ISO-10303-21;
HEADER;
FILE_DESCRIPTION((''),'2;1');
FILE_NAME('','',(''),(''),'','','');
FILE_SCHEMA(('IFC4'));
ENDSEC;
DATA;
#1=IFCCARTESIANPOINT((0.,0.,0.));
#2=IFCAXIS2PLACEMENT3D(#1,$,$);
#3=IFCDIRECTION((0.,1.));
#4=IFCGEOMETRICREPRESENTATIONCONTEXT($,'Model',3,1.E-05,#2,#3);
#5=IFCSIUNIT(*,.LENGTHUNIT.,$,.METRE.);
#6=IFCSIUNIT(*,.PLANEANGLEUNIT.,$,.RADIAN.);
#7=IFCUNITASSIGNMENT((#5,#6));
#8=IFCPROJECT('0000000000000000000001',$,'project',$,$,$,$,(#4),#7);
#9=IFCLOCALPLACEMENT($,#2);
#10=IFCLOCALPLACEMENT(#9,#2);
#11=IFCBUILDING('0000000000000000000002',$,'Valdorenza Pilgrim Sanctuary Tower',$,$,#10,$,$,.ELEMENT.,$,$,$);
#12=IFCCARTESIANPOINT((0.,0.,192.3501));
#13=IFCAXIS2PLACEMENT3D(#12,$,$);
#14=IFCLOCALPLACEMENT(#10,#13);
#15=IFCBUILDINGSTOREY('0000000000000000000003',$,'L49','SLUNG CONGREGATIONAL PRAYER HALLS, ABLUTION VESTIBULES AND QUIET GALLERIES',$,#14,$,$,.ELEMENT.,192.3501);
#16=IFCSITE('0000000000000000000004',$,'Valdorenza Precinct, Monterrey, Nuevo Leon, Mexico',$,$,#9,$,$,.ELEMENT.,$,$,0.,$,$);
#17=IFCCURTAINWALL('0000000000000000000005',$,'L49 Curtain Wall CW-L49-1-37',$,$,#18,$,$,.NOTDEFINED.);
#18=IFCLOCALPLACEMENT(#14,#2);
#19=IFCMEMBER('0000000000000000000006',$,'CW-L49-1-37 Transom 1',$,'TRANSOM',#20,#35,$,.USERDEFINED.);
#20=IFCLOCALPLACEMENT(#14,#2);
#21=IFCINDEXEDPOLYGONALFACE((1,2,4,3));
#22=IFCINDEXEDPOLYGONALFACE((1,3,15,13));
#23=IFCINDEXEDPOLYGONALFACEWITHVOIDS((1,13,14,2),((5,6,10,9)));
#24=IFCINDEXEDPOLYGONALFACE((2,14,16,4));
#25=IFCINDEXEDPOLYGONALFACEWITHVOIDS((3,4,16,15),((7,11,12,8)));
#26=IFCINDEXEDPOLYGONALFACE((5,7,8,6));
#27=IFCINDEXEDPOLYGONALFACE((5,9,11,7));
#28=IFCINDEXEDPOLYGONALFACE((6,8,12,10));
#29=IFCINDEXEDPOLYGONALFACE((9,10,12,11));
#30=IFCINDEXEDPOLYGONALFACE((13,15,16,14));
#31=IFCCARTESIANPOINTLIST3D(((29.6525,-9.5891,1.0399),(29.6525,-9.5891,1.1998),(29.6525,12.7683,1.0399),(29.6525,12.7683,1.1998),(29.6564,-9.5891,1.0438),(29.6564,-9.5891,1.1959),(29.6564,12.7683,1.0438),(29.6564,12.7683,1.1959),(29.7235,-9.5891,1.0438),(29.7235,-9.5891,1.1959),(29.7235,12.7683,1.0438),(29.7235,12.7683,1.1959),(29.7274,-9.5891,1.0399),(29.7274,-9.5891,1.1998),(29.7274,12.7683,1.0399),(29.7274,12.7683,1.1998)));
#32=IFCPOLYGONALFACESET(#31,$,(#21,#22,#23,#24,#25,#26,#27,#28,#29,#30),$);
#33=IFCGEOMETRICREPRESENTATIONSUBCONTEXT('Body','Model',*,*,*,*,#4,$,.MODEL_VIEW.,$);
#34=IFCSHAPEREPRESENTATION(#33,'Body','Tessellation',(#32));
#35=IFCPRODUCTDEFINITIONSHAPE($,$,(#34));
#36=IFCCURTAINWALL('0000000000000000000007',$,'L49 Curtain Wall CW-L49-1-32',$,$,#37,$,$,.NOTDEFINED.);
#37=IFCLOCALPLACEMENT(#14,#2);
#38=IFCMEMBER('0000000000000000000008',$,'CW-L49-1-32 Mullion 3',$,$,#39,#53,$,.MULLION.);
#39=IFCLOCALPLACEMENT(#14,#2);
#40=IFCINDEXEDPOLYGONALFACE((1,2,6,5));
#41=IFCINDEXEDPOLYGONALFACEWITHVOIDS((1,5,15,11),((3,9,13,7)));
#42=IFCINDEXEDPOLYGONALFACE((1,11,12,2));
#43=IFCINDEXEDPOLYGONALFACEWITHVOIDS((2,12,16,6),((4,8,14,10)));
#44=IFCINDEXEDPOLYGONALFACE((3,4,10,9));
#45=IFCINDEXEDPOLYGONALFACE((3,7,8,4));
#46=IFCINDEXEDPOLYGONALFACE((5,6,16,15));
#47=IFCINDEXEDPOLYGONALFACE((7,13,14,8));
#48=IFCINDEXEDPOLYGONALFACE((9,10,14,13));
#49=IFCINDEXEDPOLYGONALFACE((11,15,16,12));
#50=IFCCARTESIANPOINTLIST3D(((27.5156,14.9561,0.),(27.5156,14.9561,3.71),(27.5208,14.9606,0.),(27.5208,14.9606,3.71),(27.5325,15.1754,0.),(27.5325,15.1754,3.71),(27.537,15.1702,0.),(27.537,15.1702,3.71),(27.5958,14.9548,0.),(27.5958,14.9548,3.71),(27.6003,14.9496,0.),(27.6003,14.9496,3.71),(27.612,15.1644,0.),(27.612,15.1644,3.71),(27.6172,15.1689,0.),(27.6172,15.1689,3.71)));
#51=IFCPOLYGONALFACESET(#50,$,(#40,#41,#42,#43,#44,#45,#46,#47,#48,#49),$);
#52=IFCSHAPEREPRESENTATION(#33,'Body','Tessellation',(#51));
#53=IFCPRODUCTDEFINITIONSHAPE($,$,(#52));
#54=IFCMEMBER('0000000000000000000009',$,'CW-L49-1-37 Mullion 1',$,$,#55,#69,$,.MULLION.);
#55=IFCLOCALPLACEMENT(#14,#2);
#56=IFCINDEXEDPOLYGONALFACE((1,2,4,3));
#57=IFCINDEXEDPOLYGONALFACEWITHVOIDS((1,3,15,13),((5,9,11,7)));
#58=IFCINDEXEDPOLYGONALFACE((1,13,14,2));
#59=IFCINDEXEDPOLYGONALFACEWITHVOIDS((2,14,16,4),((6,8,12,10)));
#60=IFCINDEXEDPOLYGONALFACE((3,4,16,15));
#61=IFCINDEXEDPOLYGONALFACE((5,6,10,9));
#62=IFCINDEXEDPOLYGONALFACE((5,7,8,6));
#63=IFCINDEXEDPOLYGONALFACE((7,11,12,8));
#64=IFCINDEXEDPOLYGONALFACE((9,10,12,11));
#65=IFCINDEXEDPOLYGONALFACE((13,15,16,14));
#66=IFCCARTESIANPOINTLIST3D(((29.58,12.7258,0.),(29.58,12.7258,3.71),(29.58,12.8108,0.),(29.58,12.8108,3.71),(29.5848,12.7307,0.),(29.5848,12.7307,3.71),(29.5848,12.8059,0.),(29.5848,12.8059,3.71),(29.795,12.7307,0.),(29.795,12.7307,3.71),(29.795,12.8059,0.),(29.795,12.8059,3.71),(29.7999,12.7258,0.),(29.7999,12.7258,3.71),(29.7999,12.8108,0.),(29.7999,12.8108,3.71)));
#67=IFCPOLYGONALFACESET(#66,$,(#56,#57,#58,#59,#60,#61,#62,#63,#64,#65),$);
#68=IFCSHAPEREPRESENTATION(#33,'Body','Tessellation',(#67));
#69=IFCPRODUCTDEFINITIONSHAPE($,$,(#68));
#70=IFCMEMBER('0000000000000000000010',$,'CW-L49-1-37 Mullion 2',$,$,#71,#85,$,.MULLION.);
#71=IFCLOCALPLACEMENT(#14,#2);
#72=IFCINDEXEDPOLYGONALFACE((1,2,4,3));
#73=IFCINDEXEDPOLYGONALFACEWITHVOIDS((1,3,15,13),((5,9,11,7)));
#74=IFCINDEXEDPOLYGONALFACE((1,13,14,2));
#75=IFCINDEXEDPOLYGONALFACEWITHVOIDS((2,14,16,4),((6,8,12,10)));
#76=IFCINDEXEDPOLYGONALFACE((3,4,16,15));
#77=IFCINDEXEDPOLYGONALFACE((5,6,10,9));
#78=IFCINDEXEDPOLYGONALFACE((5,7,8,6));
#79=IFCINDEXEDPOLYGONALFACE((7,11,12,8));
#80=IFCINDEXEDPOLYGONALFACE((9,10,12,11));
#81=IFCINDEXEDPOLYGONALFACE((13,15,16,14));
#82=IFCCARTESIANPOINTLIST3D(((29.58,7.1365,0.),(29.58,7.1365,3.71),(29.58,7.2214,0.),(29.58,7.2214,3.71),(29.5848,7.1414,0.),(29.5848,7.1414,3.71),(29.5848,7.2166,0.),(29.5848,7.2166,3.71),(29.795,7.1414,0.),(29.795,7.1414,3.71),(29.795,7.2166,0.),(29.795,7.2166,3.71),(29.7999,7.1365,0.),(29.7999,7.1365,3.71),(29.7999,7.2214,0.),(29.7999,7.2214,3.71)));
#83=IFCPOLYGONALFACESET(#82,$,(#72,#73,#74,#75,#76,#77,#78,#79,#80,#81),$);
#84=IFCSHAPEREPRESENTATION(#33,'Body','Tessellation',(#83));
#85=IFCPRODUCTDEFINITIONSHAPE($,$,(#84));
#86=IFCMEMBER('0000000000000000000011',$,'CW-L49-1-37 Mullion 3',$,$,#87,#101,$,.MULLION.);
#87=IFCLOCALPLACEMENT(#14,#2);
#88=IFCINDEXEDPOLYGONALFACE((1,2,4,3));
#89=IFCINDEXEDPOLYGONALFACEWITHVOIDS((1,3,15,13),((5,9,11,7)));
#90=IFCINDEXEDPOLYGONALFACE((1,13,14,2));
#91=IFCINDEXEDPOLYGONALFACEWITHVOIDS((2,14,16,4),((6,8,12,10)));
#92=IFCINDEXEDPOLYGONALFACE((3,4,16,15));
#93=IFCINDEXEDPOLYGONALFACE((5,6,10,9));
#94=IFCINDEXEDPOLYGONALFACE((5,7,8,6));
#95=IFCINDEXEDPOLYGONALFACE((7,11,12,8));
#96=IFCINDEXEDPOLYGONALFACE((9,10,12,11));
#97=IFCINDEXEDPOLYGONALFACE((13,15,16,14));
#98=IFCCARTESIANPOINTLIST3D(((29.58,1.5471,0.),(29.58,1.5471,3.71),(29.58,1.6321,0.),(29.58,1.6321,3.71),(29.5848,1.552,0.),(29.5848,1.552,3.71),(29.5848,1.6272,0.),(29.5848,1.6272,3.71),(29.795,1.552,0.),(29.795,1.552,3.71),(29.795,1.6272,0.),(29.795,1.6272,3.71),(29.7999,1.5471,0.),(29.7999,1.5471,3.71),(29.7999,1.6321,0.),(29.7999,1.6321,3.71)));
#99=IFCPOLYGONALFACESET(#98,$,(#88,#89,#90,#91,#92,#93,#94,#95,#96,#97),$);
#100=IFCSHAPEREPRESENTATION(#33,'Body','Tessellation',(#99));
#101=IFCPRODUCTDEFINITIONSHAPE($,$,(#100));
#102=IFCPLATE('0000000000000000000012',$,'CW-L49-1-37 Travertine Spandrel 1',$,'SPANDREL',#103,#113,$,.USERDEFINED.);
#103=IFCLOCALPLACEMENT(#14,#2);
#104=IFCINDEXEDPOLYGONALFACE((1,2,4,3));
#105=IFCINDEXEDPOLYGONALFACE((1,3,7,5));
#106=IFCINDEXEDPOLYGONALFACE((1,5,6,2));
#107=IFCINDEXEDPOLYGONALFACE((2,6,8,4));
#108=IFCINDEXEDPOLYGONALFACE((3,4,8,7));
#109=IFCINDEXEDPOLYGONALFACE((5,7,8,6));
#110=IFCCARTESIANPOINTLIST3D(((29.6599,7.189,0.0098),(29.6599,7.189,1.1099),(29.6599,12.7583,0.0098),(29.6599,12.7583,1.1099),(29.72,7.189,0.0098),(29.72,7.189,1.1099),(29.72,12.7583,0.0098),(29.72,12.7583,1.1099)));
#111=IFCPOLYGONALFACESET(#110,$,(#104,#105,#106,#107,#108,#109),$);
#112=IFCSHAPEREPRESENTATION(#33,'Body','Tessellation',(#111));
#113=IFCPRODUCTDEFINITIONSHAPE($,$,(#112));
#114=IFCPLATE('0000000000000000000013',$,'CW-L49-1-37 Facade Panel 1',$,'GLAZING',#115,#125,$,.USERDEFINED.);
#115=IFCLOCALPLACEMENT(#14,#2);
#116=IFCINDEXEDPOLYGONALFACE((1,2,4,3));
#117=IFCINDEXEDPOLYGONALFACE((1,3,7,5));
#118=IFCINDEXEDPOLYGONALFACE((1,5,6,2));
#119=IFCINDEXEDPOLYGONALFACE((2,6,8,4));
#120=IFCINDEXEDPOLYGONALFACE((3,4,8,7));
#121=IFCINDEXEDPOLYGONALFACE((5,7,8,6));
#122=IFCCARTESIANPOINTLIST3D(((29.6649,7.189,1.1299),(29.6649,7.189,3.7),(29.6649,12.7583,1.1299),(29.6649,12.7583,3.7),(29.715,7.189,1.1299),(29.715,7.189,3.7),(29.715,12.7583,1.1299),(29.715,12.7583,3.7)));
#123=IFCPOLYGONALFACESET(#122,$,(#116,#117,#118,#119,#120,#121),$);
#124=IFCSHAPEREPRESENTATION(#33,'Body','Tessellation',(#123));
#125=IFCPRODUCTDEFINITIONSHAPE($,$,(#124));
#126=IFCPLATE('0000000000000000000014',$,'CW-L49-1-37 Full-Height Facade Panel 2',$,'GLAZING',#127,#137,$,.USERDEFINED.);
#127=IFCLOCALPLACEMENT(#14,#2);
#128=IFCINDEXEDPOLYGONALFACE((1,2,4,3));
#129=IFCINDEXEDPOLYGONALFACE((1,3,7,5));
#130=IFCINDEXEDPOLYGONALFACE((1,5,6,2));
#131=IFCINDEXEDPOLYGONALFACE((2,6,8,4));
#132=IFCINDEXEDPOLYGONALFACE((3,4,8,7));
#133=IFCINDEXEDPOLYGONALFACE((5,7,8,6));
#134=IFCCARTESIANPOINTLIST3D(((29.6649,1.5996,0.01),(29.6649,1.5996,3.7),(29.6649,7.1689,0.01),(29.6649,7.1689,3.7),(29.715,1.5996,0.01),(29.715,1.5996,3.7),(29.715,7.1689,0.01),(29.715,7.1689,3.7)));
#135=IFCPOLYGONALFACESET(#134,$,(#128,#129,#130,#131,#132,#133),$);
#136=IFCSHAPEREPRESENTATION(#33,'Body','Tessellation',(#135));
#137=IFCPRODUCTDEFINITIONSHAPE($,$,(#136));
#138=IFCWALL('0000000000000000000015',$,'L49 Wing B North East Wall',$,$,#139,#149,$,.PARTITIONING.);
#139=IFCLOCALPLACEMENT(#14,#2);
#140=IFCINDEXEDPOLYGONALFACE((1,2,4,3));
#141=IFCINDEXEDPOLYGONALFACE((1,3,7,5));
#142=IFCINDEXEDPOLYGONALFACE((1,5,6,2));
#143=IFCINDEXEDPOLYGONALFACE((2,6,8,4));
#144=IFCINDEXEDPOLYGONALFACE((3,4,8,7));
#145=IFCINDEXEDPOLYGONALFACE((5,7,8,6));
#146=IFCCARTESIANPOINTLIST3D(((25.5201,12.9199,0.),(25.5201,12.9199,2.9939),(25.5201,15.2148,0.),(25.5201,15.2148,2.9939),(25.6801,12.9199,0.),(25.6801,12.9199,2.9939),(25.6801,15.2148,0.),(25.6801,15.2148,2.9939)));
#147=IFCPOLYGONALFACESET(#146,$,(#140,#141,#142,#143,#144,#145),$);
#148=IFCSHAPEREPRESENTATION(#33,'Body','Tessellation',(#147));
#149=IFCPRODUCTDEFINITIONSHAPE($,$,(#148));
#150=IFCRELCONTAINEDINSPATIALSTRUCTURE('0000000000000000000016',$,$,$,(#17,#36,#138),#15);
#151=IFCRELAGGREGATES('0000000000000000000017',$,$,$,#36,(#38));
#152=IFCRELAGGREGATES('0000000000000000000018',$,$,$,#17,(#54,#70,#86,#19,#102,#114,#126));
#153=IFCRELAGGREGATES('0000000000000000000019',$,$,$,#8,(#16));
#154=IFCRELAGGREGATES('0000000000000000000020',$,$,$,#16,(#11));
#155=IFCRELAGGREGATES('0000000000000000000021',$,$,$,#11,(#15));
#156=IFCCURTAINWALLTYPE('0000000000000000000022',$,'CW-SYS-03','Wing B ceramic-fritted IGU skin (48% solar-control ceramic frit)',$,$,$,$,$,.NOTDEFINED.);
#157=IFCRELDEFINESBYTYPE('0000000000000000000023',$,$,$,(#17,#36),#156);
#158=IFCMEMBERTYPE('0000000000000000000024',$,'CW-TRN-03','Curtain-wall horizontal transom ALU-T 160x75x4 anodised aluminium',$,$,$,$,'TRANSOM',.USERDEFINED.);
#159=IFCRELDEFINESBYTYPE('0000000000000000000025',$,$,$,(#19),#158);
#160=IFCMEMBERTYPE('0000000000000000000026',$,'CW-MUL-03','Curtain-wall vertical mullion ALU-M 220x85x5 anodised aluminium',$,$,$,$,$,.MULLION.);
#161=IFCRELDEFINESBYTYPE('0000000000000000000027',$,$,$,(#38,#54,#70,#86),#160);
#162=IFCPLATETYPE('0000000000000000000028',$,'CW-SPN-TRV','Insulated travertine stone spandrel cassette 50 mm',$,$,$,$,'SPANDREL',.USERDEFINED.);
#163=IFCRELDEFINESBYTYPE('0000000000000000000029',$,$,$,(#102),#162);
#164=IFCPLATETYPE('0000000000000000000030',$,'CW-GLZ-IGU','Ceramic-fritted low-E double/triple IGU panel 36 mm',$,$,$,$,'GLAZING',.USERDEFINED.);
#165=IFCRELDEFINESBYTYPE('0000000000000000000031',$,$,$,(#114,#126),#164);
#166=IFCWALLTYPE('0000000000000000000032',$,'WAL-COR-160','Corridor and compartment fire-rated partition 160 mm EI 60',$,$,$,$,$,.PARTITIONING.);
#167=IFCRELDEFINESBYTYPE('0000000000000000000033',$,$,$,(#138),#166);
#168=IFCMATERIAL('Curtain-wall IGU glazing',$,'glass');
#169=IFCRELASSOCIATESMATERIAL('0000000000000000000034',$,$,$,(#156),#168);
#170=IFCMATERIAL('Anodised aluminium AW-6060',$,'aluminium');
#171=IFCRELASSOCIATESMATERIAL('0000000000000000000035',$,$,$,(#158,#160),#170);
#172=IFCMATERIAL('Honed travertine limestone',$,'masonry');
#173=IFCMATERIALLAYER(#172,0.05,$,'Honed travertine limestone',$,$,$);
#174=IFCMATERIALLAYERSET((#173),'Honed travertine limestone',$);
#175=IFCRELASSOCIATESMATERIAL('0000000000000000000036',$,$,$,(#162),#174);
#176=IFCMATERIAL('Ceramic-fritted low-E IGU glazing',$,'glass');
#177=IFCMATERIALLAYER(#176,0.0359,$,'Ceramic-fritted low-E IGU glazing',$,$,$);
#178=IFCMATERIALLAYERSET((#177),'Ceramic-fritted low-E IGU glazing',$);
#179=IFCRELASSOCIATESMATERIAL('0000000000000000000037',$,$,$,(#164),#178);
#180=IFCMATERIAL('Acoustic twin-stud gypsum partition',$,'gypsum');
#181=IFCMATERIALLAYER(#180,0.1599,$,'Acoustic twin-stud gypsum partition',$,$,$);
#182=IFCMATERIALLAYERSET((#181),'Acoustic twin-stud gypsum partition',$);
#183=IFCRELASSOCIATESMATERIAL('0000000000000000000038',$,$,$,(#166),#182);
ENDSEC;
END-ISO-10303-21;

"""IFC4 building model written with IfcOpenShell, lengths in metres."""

from ifc_helpers import new_model, si_unit, direction, frame, frame_2d, origin, origin_2d, place, context, subcontext, project, spatial, rectangle, hollow_rectangle, extrude, source, transform, mapped, material, layer, layer_set, material_profile, profile_set, type_object, element, aggregate, save


model = new_model("IFC4")

# Units and contexts
model_context = context("Model", 3, precision=1e-05, world=origin(), true_north=direction((0.0, 1.0)))
body_context = subcontext(model_context, "Body", "Model", "MODEL_VIEW")
ifc_project = project(units=[si_unit("LENGTHUNIT", "METRE"), si_unit("PLANEANGLEUNIT", "RADIAN")], contexts=[model_context])

# Site, building, storey
site_placement = place(None, origin())
site = spatial("IfcSite", under=ifc_project, at=site_placement, Name="Valdorenza Precinct, Monterrey, Nuevo Leon, Mexico", CompositionType="ELEMENT", RefElevation=0.0)
building_placement = place(site_placement, origin())
building = spatial("IfcBuilding", under=site, at=building_placement, Name="Valdorenza Pilgrim Sanctuary Tower", CompositionType="ELEMENT")
storey_placement = place(building_placement, frame((0.0, 0.0, 192.3501)))
storey = spatial("IfcBuildingStorey", under=building, at=storey_placement, Name="L49", Description="SLUNG CONGREGATIONAL PRAYER HALLS, ABLUTION VESTIBULES AND QUIET GALLERIES", CompositionType="ELEMENT", Elevation=192.3501)

# Curtain walls, members
ifc_material_1 = material(Name="Curtain-wall IGU glazing", Category="glass")
curtain_wall_type = type_object("IfcCurtainWallType", Name="CW-SYS-03", Description="Wing B ceramic-fritted IGU skin (48% solar-control ceramic frit)", PredefinedType="NOTDEFINED", material=ifc_material_1)
curtain_wall_1_placement = place(storey_placement, origin())
curtain_wall_1 = element("IfcCurtainWall", 1, at=curtain_wall_1_placement, inside=storey, type_object=curtain_wall_type, Name="L49 Curtain Wall CW-L49-1-37", PredefinedType="NOTDEFINED")
ifc_material_2 = material(Name="Anodised aluminium AW-6060", Category="aluminium")
ifc_material_profile_1 = material_profile(ifc_material_2, hollow_rectangle(XDim=0.075, YDim=0.1599, WallThickness=0.0039, at=origin_2d()), Name="ALU-T 160x75x4")
ifc_profile_set_1 = profile_set([ifc_material_profile_1], Name="Anodised aluminium AW-6060")
member_type_1 = type_object("IfcMemberType", Name="CW-TRN-03", Description="Curtain-wall horizontal transom ALU-T 160x75x4 anodised aluminium", ElementType="TRANSOM", PredefinedType="USERDEFINED", material=ifc_profile_set_1)
shared_shape_1 = source(origin(), body_context, "Body", "SweptSolid", [
    extrude(hollow_rectangle(XDim=0.075, YDim=0.1599, WallThickness=0.0039, at=origin_2d()), origin(), (0.0, 0.0, 1.0), 22.3574),
])
member_1_placement = place(storey_placement, frame((29.6899, 12.7683, 1.1199), z_axis=(0.0, -1.0, 0.0), x_axis=(1.0, 0.0, 0.0)))
member_1 = element("IfcMember", 2, at=member_1_placement, type_object=member_type_1, Name="CW-L49-1-37 Transom 1", ObjectType="TRANSOM", PredefinedType="USERDEFINED", context=body_context, shape_type="MappedRepresentation", body=[
    mapped(shared_shape_1, transform((0.0, 0.0, 0.0), x_axis=(1.0, 0.0, 0.0), y_axis=(0.0, 1.0, 0.0), z_axis=(0.0, 0.0, 1.0), scale=1.0)),
])
curtain_wall_2_placement = place(storey_placement, origin())
curtain_wall_2 = element("IfcCurtainWall", 3, at=curtain_wall_2_placement, inside=storey, type_object=curtain_wall_type, Name="L49 Curtain Wall CW-L49-1-32", PredefinedType="NOTDEFINED")
ifc_material_profile_2 = material_profile(ifc_material_2, hollow_rectangle(XDim=0.085, YDim=0.22, WallThickness=0.0049, at=origin_2d()), Name="ALU-M 220x85x5")
ifc_profile_set_2 = profile_set([ifc_material_profile_2], Name="Anodised aluminium AW-6060")
member_type_2 = type_object("IfcMemberType", Name="CW-MUL-03", Description="Curtain-wall vertical mullion ALU-M 220x85x5 anodised aluminium", PredefinedType="MULLION", material=ifc_profile_set_2)
shared_shape_2 = source(origin(), body_context, "Body", "SweptSolid", [
    extrude(hollow_rectangle(XDim=0.085, YDim=0.22, WallThickness=0.0049, at=origin_2d()), origin(), (0.0, 0.0, 1.0), 3.71),
])
member_2_placement = place(storey_placement, frame((27.5664, 15.0625, 0.0), z_axis=(0.0, 0.0, 1.0), x_axis=(0.997016, -0.077189, 0.0)))
member_2 = element("IfcMember", 4, at=member_2_placement, type_object=member_type_2, Name="CW-L49-1-32 Mullion 3", PredefinedType="MULLION", context=body_context, shape_type="MappedRepresentation", body=[
    mapped(shared_shape_2, transform((0.0, 0.0, 0.0), x_axis=(1.0, 0.0, 0.0), y_axis=(0.0, 1.0, 0.0), z_axis=(0.0, 0.0, 1.0), scale=1.0)),
])
aggregate(curtain_wall_2, [member_2])

# Members
member_3_placement = place(storey_placement, frame((29.6899, 12.7683, 0.0), z_axis=(0.0, 0.0, 1.0), x_axis=(0.0, -1.0, 0.0)))
member_3 = element("IfcMember", 5, at=member_3_placement, type_object=member_type_2, Name="CW-L49-1-37 Mullion 1", PredefinedType="MULLION", context=body_context, shape_type="MappedRepresentation", body=[
    mapped(shared_shape_2, transform((0.0, 0.0, 0.0), x_axis=(1.0, 0.0, 0.0), y_axis=(0.0, 1.0, 0.0), z_axis=(0.0, 0.0, 1.0), scale=1.0)),
])
member_4_placement = place(storey_placement, frame((29.6899, 7.179, 0.0), z_axis=(0.0, 0.0, 1.0), x_axis=(0.0, -1.0, 0.0)))
member_4 = element("IfcMember", 6, at=member_4_placement, type_object=member_type_2, Name="CW-L49-1-37 Mullion 2", PredefinedType="MULLION", context=body_context, shape_type="MappedRepresentation", body=[
    mapped(shared_shape_2, transform((0.0, 0.0, 0.0), x_axis=(1.0, 0.0, 0.0), y_axis=(0.0, 1.0, 0.0), z_axis=(0.0, 0.0, 1.0), scale=1.0)),
])
member_5_placement = place(storey_placement, frame((29.6899, 1.5896, 0.0), z_axis=(0.0, 0.0, 1.0), x_axis=(0.0, -1.0, 0.0)))
member_5 = element("IfcMember", 7, at=member_5_placement, type_object=member_type_2, Name="CW-L49-1-37 Mullion 3", PredefinedType="MULLION", context=body_context, shape_type="MappedRepresentation", body=[
    mapped(shared_shape_2, transform((0.0, 0.0, 0.0), x_axis=(1.0, 0.0, 0.0), y_axis=(0.0, 1.0, 0.0), z_axis=(0.0, 0.0, 1.0), scale=1.0)),
])

# Plates
ifc_material_3 = material(Name="Honed travertine limestone", Category="masonry")
ifc_layer_1 = layer(ifc_material_3, 0.05, Name="Honed travertine limestone")
ifc_layer_set_1 = layer_set([ifc_layer_1], Name="Honed travertine limestone")
plate_type_1 = type_object("IfcPlateType", Name="CW-SPN-TRV", Description="Insulated travertine stone spandrel cassette 50 mm", ElementType="SPANDREL", PredefinedType="USERDEFINED", material=ifc_layer_set_1)
shared_shape_3 = source(origin(), body_context, "Body", "SweptSolid", [
    extrude(rectangle(XDim=5.5693, YDim=0.0601, at=origin_2d()), origin(), (0.0, 0.0, 1.0), 1.1001),
])
plate_1_placement = place(storey_placement, frame((29.6899, 9.9736, 0.0098), z_axis=(0.0, 0.0, 1.0), x_axis=(0.0, -1.0, 0.0)))
plate_1 = element("IfcPlate", 8, at=plate_1_placement, type_object=plate_type_1, Name="CW-L49-1-37 Travertine Spandrel 1", ObjectType="SPANDREL", PredefinedType="USERDEFINED", context=body_context, shape_type="MappedRepresentation", body=[
    mapped(shared_shape_3, transform((0.0, 0.0, 0.0), x_axis=(1.0, 0.0, 0.0), y_axis=(0.0, 1.0, 0.0), z_axis=(0.0, 0.0, 1.0), scale=1.0)),
])
ifc_material_4 = material(Name="Ceramic-fritted low-E IGU glazing", Category="glass")
ifc_layer_2 = layer(ifc_material_4, 0.0359, Name="Ceramic-fritted low-E IGU glazing")
ifc_layer_set_2 = layer_set([ifc_layer_2], Name="Ceramic-fritted low-E IGU glazing")
plate_type_2 = type_object("IfcPlateType", Name="CW-GLZ-IGU", Description="Ceramic-fritted low-E double/triple IGU panel 36 mm", ElementType="GLAZING", PredefinedType="USERDEFINED", material=ifc_layer_set_2)
shared_shape_4 = source(origin(), body_context, "Body", "SweptSolid", [
    extrude(rectangle(XDim=5.5693, YDim=0.05, at=origin_2d()), origin(), (0.0, 0.0, 1.0), 2.5701),
])
plate_2_placement = place(storey_placement, frame((29.6899, 9.9736, 1.1299), z_axis=(0.0, 0.0, 1.0), x_axis=(0.0, -1.0, 0.0)))
plate_2 = element("IfcPlate", 9, at=plate_2_placement, type_object=plate_type_2, Name="CW-L49-1-37 Facade Panel 1", ObjectType="GLAZING", PredefinedType="USERDEFINED", context=body_context, shape_type="MappedRepresentation", body=[
    mapped(shared_shape_4, transform((0.0, 0.0, 0.0), x_axis=(1.0, 0.0, 0.0), y_axis=(0.0, 1.0, 0.0), z_axis=(0.0, 0.0, 1.0), scale=1.0)),
])
shared_shape_5 = source(origin(), body_context, "Body", "SweptSolid", [
    extrude(rectangle(XDim=5.5693, YDim=0.05, at=origin_2d()), origin(), (0.0, 0.0, 1.0), 3.6899),
])
plate_3_placement = place(storey_placement, frame((29.6899, 4.3843, 0.01), z_axis=(0.0, 0.0, 1.0), x_axis=(0.0, -1.0, 0.0)))
plate_3 = element("IfcPlate", 10, at=plate_3_placement, type_object=plate_type_2, Name="CW-L49-1-37 Full-Height Facade Panel 2", ObjectType="GLAZING", PredefinedType="USERDEFINED", context=body_context, shape_type="MappedRepresentation", body=[
    mapped(shared_shape_5, transform((0.0, 0.0, 0.0), x_axis=(1.0, 0.0, 0.0), y_axis=(0.0, 1.0, 0.0), z_axis=(0.0, 0.0, 1.0), scale=1.0)),
])
aggregate(curtain_wall_1, [member_3, member_4, member_5, member_1, plate_1, plate_2, plate_3])

# Wall
ifc_material_5 = material(Name="Acoustic twin-stud gypsum partition", Category="gypsum")
ifc_layer_3 = layer(ifc_material_5, 0.1599, Name="Acoustic twin-stud gypsum partition")
ifc_layer_set_3 = layer_set([ifc_layer_3], Name="Acoustic twin-stud gypsum partition")
wall_type_1 = type_object("IfcWallType", Name="WAL-COR-160", Description="Corridor and compartment fire-rated partition 160 mm EI 60", PredefinedType="PARTITIONING", material=ifc_layer_set_3)
wall_1_placement = place(storey_placement, frame((25.6001, 12.9199, 0.0), z_axis=(0.0, 0.0, 1.0), x_axis=(0.0, 1.0, 0.0)))
element("IfcWall", 11, at=wall_1_placement, inside=storey, type_object=wall_type_1, Name="L49 Wing B North East Wall", PredefinedType="PARTITIONING", context=body_context, shape_type="SweptSolid", body=[
    extrude(rectangle(XDim=2.2949, YDim=0.1599, at=frame_2d((1.1475, 0.0))), origin(), (0.0, 0.0, 1.0), 2.9939),
])

save(model, "model.ifc")
